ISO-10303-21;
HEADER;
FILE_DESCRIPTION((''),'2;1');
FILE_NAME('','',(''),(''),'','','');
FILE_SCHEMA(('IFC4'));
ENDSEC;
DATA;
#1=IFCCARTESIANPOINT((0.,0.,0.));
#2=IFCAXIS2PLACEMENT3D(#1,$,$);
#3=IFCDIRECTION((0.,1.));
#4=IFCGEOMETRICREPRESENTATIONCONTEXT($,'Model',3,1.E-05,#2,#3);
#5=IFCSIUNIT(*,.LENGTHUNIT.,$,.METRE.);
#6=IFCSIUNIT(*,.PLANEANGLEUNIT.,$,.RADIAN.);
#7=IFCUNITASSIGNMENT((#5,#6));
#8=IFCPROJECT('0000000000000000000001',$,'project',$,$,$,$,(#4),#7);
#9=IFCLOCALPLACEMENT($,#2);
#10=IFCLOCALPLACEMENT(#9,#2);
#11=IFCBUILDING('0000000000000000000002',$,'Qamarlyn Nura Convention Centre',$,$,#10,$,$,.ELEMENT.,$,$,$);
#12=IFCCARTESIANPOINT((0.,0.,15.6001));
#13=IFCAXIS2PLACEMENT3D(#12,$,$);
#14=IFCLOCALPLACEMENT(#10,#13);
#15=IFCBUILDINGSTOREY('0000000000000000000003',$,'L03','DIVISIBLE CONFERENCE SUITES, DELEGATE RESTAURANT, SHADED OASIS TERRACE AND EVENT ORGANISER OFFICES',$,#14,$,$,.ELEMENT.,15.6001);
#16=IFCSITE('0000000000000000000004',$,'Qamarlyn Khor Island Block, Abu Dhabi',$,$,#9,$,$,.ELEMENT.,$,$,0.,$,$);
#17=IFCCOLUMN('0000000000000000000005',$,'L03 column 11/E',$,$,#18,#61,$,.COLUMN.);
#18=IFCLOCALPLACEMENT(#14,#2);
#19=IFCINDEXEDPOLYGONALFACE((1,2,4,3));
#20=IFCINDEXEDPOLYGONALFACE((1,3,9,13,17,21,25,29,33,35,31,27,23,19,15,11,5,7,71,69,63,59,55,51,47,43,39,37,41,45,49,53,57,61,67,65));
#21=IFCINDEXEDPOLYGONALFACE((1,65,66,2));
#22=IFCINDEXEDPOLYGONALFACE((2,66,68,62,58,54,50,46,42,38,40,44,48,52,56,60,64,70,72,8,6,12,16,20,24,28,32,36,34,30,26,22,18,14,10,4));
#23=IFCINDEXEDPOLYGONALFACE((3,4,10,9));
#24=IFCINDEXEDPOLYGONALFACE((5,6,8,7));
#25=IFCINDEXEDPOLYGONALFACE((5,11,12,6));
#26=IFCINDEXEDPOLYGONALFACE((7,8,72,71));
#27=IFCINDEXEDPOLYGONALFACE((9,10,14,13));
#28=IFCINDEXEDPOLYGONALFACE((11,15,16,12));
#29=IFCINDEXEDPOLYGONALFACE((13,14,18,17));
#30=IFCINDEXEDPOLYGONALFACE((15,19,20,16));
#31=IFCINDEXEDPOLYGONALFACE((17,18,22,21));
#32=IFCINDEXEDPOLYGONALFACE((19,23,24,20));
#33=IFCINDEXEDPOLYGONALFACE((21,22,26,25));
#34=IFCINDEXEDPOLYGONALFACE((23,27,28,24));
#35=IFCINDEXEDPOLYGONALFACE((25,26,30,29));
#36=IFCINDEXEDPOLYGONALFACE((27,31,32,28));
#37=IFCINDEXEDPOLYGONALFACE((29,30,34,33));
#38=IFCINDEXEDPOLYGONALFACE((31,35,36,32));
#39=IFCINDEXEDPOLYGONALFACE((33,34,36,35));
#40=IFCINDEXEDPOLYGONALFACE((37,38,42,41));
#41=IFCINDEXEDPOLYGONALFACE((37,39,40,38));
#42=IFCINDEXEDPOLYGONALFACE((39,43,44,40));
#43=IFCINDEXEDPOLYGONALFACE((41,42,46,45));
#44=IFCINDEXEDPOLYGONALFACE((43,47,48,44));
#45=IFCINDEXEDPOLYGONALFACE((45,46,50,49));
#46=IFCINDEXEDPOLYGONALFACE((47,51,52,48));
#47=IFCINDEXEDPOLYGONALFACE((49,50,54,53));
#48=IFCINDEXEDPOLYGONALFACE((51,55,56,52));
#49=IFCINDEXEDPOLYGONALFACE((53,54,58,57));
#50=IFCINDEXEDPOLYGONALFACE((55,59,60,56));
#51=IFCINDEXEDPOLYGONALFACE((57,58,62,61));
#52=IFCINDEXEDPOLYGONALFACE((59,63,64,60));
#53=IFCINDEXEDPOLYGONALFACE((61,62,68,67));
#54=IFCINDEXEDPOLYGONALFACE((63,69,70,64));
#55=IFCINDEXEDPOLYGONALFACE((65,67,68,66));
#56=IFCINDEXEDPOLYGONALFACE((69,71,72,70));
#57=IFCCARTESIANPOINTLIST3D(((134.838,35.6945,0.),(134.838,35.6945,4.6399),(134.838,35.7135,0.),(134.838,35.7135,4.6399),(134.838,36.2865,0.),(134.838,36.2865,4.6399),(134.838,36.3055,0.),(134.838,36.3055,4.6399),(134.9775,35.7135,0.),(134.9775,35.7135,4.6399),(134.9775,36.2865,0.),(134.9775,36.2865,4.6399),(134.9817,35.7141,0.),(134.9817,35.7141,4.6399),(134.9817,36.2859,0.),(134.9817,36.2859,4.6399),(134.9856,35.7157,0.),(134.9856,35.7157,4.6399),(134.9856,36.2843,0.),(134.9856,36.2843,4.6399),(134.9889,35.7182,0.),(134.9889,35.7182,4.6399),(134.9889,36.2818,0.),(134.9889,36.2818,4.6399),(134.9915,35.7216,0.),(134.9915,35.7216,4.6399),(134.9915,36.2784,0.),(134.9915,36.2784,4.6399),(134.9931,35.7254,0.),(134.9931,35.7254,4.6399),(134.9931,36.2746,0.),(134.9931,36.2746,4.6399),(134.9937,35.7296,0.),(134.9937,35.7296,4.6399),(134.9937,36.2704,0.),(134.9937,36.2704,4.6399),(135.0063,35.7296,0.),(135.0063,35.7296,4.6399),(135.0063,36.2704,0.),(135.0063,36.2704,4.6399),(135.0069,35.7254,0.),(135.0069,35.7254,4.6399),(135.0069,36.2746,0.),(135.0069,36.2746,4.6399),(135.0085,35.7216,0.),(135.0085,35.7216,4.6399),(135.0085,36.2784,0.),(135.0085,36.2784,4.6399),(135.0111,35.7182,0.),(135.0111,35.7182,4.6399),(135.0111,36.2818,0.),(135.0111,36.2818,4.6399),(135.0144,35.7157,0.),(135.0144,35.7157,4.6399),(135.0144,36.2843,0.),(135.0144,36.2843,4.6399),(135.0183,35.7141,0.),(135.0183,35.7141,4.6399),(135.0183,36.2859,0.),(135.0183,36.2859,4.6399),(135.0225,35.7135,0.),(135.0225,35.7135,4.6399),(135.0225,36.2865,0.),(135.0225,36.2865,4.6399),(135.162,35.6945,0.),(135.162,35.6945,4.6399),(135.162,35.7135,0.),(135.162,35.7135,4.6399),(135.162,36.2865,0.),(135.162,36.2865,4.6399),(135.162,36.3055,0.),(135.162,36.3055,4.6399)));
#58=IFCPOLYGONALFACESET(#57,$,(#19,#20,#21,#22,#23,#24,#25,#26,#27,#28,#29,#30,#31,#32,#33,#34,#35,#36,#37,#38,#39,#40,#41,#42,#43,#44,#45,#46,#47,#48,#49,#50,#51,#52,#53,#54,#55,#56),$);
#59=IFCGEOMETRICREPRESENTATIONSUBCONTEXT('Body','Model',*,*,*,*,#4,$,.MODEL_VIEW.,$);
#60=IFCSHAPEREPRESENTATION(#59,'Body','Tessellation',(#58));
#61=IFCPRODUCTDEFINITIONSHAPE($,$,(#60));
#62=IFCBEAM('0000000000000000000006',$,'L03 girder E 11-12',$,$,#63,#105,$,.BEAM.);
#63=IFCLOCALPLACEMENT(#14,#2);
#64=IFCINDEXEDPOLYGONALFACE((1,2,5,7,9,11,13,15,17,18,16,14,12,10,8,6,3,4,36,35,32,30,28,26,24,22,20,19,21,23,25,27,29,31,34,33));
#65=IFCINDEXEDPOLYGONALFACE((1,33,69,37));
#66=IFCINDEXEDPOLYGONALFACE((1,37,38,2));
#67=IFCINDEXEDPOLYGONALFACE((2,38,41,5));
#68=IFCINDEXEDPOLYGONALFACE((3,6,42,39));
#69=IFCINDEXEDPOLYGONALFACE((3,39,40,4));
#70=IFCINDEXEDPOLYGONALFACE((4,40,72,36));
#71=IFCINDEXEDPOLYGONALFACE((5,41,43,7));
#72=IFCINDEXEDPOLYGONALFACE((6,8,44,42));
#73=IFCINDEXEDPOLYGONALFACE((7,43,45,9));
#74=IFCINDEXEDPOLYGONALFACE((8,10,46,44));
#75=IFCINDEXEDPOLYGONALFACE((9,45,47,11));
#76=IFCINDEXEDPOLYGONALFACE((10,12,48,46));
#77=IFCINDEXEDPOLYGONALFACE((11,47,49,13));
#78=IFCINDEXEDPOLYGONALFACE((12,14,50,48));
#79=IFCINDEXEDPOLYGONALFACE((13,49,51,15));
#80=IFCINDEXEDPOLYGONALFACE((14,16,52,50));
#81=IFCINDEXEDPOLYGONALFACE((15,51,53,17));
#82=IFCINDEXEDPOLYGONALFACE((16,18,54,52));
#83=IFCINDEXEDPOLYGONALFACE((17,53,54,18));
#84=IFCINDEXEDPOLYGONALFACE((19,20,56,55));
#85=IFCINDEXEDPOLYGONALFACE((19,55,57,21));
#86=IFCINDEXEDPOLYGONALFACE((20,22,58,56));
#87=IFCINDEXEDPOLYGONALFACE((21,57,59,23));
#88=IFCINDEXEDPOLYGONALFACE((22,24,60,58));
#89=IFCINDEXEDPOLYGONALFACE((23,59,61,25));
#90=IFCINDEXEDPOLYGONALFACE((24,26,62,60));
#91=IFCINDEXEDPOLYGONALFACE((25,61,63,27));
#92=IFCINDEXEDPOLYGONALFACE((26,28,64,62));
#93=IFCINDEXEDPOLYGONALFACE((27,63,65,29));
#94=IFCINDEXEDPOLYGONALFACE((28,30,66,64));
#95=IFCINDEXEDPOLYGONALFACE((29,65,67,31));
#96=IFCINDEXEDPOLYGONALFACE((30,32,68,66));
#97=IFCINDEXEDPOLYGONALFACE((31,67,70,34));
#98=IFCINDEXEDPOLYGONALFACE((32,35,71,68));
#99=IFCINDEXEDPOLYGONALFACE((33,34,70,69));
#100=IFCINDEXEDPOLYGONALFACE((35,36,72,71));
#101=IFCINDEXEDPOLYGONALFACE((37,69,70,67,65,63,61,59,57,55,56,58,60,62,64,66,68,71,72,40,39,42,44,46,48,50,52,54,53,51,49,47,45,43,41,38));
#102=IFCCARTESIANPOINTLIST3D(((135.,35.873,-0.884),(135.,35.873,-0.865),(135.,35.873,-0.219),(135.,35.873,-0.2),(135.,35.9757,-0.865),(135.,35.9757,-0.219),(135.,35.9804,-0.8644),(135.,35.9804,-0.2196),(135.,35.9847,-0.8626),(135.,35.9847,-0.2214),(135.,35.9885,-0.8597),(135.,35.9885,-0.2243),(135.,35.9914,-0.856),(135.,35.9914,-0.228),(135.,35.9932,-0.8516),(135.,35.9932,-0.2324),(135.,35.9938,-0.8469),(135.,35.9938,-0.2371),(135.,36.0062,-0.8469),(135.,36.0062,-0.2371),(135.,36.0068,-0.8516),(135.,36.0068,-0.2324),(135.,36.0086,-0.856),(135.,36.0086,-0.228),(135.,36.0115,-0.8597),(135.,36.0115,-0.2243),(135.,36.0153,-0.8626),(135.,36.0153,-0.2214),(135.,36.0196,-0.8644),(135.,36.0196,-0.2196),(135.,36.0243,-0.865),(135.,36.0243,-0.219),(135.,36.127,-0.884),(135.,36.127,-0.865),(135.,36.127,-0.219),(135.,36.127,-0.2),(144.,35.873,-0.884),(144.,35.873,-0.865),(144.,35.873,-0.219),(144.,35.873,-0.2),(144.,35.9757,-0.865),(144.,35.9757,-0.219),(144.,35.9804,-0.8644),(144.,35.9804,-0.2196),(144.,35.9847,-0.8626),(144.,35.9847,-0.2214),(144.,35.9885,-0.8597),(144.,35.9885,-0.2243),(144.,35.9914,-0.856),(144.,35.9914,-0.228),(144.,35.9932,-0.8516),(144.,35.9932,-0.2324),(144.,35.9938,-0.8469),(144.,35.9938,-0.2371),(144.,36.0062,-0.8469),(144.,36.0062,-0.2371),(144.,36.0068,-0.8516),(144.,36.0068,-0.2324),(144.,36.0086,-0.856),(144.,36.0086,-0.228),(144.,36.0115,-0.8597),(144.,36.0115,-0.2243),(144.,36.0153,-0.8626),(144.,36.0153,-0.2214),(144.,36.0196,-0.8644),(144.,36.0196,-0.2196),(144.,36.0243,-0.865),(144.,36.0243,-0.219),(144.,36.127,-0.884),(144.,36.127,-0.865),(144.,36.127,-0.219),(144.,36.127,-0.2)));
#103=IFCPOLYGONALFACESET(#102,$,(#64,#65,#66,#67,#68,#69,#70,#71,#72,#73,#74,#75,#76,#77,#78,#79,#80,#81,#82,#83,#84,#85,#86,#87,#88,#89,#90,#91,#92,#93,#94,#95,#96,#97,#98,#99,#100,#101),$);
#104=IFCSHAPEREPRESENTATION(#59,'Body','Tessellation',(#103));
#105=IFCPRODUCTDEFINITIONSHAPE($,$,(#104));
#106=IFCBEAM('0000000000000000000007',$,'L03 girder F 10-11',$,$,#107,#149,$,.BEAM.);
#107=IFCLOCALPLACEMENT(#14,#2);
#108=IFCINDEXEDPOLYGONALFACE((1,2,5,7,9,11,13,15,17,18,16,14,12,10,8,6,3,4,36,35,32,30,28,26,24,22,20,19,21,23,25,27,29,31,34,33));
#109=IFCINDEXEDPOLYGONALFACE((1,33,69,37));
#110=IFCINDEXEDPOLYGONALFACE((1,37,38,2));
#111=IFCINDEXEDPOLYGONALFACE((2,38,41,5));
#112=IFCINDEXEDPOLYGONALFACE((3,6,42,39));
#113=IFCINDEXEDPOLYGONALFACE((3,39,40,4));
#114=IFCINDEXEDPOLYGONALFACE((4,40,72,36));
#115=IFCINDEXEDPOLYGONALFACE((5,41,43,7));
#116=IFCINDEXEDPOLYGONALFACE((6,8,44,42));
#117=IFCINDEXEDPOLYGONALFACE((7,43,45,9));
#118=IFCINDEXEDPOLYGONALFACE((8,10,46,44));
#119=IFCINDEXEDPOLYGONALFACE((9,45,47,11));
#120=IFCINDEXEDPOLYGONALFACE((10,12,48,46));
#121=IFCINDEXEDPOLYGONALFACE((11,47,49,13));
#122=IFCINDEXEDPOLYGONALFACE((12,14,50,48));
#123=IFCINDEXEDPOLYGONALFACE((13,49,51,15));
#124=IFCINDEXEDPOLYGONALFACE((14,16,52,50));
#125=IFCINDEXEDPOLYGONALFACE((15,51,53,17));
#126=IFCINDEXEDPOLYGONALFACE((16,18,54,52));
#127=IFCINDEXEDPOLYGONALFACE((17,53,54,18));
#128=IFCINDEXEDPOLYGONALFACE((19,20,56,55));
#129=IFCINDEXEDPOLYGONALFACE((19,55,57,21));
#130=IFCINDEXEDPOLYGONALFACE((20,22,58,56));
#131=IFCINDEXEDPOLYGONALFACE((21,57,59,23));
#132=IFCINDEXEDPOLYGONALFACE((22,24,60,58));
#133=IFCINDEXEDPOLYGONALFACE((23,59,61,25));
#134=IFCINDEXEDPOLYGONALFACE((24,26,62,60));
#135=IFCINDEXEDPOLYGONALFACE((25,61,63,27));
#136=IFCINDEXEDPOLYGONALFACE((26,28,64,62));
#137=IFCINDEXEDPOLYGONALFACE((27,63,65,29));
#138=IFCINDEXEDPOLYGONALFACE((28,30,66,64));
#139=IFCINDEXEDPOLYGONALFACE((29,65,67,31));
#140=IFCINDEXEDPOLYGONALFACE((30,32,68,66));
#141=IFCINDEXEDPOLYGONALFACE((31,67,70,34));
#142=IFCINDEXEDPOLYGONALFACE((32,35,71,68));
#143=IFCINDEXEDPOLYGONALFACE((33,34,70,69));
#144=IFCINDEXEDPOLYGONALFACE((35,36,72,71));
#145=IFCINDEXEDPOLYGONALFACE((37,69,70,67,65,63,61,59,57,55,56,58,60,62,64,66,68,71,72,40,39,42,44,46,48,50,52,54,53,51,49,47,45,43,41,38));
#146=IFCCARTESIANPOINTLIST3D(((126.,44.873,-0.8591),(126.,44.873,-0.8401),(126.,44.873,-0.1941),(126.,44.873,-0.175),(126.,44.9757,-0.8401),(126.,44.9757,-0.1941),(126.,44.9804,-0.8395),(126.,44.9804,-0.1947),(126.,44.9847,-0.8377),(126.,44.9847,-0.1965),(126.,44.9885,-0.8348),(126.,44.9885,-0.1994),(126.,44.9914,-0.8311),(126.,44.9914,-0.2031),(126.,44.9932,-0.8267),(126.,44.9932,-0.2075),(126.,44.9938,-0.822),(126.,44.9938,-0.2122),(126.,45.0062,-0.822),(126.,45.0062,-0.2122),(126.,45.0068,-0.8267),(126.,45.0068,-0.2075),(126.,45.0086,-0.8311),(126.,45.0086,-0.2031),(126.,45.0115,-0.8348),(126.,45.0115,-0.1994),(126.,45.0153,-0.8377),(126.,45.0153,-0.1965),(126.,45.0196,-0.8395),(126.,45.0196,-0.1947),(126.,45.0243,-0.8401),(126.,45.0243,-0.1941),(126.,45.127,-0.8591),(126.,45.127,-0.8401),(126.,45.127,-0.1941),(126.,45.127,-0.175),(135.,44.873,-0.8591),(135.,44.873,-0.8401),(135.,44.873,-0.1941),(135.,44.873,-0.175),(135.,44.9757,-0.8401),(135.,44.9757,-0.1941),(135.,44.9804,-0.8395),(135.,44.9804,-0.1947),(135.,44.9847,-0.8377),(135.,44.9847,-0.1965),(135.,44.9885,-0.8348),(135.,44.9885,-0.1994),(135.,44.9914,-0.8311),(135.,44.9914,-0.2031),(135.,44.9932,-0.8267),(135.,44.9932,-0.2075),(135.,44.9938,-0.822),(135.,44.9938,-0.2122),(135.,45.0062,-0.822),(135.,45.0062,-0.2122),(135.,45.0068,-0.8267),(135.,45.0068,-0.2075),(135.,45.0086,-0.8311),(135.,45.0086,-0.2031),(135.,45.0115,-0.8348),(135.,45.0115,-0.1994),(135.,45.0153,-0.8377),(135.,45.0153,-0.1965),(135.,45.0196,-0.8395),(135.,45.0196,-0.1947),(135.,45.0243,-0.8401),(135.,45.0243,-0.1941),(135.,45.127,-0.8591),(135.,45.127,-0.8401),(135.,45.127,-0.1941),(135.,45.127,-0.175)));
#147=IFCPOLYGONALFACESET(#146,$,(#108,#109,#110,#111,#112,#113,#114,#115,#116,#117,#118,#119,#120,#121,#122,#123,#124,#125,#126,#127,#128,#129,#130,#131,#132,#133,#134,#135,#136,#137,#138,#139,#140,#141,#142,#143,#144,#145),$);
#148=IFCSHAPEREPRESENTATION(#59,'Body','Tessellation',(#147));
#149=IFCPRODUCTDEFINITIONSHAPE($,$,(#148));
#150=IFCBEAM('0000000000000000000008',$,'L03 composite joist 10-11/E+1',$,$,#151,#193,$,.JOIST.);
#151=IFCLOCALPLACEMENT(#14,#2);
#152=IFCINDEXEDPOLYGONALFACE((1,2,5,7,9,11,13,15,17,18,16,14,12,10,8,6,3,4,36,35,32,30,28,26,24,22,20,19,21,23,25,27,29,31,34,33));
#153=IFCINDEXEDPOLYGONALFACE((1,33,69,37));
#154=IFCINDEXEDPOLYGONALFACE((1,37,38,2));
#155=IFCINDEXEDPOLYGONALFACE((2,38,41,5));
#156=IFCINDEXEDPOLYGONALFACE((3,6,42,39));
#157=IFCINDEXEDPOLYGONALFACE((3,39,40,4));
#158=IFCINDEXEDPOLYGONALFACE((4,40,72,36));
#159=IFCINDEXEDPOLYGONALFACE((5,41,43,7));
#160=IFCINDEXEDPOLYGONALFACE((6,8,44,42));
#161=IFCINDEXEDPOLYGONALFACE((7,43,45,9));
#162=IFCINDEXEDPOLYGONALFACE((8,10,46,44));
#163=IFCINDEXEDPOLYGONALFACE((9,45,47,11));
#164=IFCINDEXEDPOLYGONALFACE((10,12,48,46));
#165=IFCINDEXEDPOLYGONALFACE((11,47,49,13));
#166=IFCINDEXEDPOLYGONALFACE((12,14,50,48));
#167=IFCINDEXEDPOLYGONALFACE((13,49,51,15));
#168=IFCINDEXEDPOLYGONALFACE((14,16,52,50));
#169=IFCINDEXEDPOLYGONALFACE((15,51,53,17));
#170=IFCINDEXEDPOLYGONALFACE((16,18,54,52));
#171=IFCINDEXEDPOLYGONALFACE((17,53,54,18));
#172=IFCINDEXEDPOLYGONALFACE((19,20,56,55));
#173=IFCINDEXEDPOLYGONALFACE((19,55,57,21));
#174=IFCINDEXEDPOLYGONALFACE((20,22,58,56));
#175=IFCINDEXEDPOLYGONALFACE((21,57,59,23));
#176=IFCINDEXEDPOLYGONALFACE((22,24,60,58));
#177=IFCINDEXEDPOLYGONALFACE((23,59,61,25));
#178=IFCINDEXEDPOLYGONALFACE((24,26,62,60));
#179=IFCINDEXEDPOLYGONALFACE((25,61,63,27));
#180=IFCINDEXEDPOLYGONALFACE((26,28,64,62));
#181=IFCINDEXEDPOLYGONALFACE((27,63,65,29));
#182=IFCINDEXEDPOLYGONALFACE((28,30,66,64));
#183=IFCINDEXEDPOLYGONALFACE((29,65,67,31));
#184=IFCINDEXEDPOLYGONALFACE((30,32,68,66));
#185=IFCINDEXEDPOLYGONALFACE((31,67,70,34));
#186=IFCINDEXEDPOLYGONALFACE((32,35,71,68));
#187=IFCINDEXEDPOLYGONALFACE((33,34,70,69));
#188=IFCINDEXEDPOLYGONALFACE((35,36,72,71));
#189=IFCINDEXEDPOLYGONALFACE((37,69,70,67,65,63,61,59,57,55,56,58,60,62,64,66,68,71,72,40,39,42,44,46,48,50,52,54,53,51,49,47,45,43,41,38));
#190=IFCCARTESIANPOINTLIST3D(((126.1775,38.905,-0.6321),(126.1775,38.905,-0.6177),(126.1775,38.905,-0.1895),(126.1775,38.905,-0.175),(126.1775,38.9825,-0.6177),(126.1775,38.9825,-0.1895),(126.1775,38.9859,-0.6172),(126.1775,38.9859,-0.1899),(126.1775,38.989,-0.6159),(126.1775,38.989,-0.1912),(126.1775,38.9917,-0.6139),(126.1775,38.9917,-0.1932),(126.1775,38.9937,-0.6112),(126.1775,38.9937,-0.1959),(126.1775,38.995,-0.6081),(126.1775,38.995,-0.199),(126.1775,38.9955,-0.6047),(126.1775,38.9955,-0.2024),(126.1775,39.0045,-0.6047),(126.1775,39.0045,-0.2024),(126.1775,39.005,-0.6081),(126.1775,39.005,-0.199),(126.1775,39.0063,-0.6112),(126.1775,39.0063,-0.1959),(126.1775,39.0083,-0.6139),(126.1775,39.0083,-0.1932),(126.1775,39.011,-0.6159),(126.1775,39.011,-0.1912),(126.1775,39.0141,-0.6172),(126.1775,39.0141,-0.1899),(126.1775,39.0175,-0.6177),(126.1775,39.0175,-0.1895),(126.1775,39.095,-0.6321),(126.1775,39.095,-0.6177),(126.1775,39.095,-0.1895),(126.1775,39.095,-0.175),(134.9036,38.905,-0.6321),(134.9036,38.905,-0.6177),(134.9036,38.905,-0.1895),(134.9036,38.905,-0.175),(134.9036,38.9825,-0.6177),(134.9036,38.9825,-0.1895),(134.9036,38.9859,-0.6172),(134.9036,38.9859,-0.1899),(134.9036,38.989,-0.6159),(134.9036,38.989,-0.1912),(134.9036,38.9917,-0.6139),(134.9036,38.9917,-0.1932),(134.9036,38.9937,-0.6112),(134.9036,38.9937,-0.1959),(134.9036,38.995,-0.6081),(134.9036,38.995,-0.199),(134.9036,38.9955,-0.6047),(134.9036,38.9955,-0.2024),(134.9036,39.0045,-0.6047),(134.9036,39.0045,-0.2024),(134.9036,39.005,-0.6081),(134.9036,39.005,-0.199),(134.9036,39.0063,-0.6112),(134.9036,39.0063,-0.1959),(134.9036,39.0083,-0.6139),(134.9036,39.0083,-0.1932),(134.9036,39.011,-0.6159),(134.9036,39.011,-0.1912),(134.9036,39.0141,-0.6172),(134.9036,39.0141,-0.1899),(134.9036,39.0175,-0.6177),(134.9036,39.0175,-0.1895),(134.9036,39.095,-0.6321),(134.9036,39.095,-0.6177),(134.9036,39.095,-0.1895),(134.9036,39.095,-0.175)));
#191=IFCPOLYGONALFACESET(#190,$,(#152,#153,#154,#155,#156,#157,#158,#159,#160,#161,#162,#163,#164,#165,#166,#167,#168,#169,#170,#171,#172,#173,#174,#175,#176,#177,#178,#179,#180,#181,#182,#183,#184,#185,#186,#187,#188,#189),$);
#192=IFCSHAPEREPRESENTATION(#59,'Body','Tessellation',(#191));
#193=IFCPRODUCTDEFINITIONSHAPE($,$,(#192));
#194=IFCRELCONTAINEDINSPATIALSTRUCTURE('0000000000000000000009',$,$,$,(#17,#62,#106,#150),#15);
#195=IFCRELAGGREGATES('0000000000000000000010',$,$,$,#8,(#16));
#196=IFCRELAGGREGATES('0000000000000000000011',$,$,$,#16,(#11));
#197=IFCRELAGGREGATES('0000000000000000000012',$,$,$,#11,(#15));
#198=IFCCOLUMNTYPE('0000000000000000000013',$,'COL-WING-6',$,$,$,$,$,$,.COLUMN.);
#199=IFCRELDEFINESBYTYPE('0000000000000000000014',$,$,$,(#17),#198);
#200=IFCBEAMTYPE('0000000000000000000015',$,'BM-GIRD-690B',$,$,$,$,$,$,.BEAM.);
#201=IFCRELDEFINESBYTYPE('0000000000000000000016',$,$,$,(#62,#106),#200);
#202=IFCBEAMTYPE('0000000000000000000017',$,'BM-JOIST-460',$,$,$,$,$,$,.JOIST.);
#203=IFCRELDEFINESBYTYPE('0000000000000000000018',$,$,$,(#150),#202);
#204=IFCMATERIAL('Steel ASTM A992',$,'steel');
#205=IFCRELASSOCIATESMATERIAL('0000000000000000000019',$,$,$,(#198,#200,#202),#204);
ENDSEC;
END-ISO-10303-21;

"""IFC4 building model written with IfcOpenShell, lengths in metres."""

from ifc_helpers import new_model, si_unit, direction, frame, origin, origin_2d, place, context, subcontext, project, spatial, i_section, extrude, material, material_profile, profile_set, type_object, element, save


model = new_model("IFC4")

# Units and contexts
model_context = context("Model", 3, precision=1e-05, world=origin(), true_north=direction((0.0, 1.0)))
body_context = subcontext(model_context, "Body", "Model", "MODEL_VIEW")
ifc_project = project(units=[si_unit("LENGTHUNIT", "METRE"), si_unit("PLANEANGLEUNIT", "RADIAN")], contexts=[model_context])

# Site, building, storey
site_placement = place(None, origin())
site = spatial("IfcSite", under=ifc_project, at=site_placement, Name="Qamarlyn Khor Island Block, Abu Dhabi", CompositionType="ELEMENT", RefElevation=0.0)
building_placement = place(site_placement, origin())
building = spatial("IfcBuilding", under=site, at=building_placement, Name="Qamarlyn Nura Convention Centre", CompositionType="ELEMENT")
storey_placement = place(building_placement, frame((0.0, 0.0, 15.6001)))
storey = spatial("IfcBuildingStorey", under=building, at=storey_placement, Name="L03", Description="DIVISIBLE CONFERENCE SUITES, DELEGATE RESTAURANT, SHADED OASIS TERRACE AND EVENT ORGANISER OFFICES", CompositionType="ELEMENT", Elevation=15.6001)

# Column
ifc_material_1 = material(Name="Steel ASTM A992", Category="steel")
ifc_material_profile_1 = material_profile(ifc_material_1, i_section(OverallWidth=0.324, OverallDepth=0.6111, WebThickness=0.0127, FlangeThickness=0.019, FilletRadius=0.0161, at=origin_2d()), Name="W610X155")
ifc_profile_set_1 = profile_set([ifc_material_profile_1], Name="Steel ASTM A992")
column_type = type_object("IfcColumnType", Name="COL-WING-6", PredefinedType="COLUMN", material=ifc_profile_set_1)
column_placement = place(storey_placement, frame((135.0, 36.0, 0.0), z_axis=(0.0, 0.0, 1.0), x_axis=(1.0, 0.0, 0.0)))
element("IfcColumn", 1, at=column_placement, inside=storey, type_object=column_type, Name="L03 column 11/E", PredefinedType="COLUMN", context=body_context, shape_type="SweptSolid", body=[
    extrude(i_section(OverallWidth=0.324, OverallDepth=0.6111, WebThickness=0.0127, FlangeThickness=0.019, FilletRadius=0.0161, at=origin_2d()), origin(), (0.0, 0.0, 1.0), 4.6399),
])

# Beams
ifc_material_profile_2 = material_profile(ifc_material_1, i_section(OverallWidth=0.2539, OverallDepth=0.6841, WebThickness=0.0125, FlangeThickness=0.019, FilletRadius=0.0181, at=origin_2d()), Name="W690X140")
ifc_profile_set_2 = profile_set([ifc_material_profile_2], Name="Steel ASTM A992")
beam_type_1 = type_object("IfcBeamType", Name="BM-GIRD-690B", PredefinedType="BEAM", material=ifc_profile_set_2)
for number, where, z_axis, x_axis, name in (
    (2, (135.0, 36.0, -0.542), (1.0, 0.0, 0.0), (0.0, 1.0, 0.0), "L03 girder E 11-12"),
    (3, (126.0, 45.0, -0.5171), (1.0, 0.0, 0.0), (0.0, 1.0, 0.0), "L03 girder F 10-11"),
):
    element("IfcBeam", number, at=place(storey_placement, frame(where, z_axis=z_axis, x_axis=x_axis)), inside=storey, type_object=beam_type_1, Name=name, PredefinedType="BEAM", context=body_context, shape_type="SweptSolid", body=[
        extrude(i_section(OverallWidth=0.2539, OverallDepth=0.6841, WebThickness=0.0125, FlangeThickness=0.019, FilletRadius=0.0181, at=origin_2d()), origin(), (0.0, 0.0, 1.0), 9.0),
    ])
ifc_material_profile_3 = material_profile(ifc_material_1, i_section(OverallWidth=0.1899, OverallDepth=0.457, WebThickness=0.009, FlangeThickness=0.0144, FilletRadius=0.0129, at=origin_2d()), Name="W460X74")
ifc_profile_set_3 = profile_set([ifc_material_profile_3], Name="Steel ASTM A992")
beam_type_2 = type_object("IfcBeamType", Name="BM-JOIST-460", PredefinedType="JOIST", material=ifc_profile_set_3)
for number, where, z_axis, x_axis, name in (
    (4, (126.1775, 39.0, -0.4036), (1.0, 0.0, 0.0), (0.0, 1.0, 0.0), "L03 composite joist 10-11/E+1"),
):
    element("IfcBeam", number, at=place(storey_placement, frame(where, z_axis=z_axis, x_axis=x_axis)), inside=storey, type_object=beam_type_2, Name=name, PredefinedType="JOIST", context=body_context, shape_type="SweptSolid", body=[
        extrude(i_section(OverallWidth=0.1899, OverallDepth=0.457, WebThickness=0.009, FlangeThickness=0.0144, FilletRadius=0.0129, at=origin_2d()), origin(), (0.0, 0.0, 1.0), 8.7261),
    ])

save(model, "model.ifc")
